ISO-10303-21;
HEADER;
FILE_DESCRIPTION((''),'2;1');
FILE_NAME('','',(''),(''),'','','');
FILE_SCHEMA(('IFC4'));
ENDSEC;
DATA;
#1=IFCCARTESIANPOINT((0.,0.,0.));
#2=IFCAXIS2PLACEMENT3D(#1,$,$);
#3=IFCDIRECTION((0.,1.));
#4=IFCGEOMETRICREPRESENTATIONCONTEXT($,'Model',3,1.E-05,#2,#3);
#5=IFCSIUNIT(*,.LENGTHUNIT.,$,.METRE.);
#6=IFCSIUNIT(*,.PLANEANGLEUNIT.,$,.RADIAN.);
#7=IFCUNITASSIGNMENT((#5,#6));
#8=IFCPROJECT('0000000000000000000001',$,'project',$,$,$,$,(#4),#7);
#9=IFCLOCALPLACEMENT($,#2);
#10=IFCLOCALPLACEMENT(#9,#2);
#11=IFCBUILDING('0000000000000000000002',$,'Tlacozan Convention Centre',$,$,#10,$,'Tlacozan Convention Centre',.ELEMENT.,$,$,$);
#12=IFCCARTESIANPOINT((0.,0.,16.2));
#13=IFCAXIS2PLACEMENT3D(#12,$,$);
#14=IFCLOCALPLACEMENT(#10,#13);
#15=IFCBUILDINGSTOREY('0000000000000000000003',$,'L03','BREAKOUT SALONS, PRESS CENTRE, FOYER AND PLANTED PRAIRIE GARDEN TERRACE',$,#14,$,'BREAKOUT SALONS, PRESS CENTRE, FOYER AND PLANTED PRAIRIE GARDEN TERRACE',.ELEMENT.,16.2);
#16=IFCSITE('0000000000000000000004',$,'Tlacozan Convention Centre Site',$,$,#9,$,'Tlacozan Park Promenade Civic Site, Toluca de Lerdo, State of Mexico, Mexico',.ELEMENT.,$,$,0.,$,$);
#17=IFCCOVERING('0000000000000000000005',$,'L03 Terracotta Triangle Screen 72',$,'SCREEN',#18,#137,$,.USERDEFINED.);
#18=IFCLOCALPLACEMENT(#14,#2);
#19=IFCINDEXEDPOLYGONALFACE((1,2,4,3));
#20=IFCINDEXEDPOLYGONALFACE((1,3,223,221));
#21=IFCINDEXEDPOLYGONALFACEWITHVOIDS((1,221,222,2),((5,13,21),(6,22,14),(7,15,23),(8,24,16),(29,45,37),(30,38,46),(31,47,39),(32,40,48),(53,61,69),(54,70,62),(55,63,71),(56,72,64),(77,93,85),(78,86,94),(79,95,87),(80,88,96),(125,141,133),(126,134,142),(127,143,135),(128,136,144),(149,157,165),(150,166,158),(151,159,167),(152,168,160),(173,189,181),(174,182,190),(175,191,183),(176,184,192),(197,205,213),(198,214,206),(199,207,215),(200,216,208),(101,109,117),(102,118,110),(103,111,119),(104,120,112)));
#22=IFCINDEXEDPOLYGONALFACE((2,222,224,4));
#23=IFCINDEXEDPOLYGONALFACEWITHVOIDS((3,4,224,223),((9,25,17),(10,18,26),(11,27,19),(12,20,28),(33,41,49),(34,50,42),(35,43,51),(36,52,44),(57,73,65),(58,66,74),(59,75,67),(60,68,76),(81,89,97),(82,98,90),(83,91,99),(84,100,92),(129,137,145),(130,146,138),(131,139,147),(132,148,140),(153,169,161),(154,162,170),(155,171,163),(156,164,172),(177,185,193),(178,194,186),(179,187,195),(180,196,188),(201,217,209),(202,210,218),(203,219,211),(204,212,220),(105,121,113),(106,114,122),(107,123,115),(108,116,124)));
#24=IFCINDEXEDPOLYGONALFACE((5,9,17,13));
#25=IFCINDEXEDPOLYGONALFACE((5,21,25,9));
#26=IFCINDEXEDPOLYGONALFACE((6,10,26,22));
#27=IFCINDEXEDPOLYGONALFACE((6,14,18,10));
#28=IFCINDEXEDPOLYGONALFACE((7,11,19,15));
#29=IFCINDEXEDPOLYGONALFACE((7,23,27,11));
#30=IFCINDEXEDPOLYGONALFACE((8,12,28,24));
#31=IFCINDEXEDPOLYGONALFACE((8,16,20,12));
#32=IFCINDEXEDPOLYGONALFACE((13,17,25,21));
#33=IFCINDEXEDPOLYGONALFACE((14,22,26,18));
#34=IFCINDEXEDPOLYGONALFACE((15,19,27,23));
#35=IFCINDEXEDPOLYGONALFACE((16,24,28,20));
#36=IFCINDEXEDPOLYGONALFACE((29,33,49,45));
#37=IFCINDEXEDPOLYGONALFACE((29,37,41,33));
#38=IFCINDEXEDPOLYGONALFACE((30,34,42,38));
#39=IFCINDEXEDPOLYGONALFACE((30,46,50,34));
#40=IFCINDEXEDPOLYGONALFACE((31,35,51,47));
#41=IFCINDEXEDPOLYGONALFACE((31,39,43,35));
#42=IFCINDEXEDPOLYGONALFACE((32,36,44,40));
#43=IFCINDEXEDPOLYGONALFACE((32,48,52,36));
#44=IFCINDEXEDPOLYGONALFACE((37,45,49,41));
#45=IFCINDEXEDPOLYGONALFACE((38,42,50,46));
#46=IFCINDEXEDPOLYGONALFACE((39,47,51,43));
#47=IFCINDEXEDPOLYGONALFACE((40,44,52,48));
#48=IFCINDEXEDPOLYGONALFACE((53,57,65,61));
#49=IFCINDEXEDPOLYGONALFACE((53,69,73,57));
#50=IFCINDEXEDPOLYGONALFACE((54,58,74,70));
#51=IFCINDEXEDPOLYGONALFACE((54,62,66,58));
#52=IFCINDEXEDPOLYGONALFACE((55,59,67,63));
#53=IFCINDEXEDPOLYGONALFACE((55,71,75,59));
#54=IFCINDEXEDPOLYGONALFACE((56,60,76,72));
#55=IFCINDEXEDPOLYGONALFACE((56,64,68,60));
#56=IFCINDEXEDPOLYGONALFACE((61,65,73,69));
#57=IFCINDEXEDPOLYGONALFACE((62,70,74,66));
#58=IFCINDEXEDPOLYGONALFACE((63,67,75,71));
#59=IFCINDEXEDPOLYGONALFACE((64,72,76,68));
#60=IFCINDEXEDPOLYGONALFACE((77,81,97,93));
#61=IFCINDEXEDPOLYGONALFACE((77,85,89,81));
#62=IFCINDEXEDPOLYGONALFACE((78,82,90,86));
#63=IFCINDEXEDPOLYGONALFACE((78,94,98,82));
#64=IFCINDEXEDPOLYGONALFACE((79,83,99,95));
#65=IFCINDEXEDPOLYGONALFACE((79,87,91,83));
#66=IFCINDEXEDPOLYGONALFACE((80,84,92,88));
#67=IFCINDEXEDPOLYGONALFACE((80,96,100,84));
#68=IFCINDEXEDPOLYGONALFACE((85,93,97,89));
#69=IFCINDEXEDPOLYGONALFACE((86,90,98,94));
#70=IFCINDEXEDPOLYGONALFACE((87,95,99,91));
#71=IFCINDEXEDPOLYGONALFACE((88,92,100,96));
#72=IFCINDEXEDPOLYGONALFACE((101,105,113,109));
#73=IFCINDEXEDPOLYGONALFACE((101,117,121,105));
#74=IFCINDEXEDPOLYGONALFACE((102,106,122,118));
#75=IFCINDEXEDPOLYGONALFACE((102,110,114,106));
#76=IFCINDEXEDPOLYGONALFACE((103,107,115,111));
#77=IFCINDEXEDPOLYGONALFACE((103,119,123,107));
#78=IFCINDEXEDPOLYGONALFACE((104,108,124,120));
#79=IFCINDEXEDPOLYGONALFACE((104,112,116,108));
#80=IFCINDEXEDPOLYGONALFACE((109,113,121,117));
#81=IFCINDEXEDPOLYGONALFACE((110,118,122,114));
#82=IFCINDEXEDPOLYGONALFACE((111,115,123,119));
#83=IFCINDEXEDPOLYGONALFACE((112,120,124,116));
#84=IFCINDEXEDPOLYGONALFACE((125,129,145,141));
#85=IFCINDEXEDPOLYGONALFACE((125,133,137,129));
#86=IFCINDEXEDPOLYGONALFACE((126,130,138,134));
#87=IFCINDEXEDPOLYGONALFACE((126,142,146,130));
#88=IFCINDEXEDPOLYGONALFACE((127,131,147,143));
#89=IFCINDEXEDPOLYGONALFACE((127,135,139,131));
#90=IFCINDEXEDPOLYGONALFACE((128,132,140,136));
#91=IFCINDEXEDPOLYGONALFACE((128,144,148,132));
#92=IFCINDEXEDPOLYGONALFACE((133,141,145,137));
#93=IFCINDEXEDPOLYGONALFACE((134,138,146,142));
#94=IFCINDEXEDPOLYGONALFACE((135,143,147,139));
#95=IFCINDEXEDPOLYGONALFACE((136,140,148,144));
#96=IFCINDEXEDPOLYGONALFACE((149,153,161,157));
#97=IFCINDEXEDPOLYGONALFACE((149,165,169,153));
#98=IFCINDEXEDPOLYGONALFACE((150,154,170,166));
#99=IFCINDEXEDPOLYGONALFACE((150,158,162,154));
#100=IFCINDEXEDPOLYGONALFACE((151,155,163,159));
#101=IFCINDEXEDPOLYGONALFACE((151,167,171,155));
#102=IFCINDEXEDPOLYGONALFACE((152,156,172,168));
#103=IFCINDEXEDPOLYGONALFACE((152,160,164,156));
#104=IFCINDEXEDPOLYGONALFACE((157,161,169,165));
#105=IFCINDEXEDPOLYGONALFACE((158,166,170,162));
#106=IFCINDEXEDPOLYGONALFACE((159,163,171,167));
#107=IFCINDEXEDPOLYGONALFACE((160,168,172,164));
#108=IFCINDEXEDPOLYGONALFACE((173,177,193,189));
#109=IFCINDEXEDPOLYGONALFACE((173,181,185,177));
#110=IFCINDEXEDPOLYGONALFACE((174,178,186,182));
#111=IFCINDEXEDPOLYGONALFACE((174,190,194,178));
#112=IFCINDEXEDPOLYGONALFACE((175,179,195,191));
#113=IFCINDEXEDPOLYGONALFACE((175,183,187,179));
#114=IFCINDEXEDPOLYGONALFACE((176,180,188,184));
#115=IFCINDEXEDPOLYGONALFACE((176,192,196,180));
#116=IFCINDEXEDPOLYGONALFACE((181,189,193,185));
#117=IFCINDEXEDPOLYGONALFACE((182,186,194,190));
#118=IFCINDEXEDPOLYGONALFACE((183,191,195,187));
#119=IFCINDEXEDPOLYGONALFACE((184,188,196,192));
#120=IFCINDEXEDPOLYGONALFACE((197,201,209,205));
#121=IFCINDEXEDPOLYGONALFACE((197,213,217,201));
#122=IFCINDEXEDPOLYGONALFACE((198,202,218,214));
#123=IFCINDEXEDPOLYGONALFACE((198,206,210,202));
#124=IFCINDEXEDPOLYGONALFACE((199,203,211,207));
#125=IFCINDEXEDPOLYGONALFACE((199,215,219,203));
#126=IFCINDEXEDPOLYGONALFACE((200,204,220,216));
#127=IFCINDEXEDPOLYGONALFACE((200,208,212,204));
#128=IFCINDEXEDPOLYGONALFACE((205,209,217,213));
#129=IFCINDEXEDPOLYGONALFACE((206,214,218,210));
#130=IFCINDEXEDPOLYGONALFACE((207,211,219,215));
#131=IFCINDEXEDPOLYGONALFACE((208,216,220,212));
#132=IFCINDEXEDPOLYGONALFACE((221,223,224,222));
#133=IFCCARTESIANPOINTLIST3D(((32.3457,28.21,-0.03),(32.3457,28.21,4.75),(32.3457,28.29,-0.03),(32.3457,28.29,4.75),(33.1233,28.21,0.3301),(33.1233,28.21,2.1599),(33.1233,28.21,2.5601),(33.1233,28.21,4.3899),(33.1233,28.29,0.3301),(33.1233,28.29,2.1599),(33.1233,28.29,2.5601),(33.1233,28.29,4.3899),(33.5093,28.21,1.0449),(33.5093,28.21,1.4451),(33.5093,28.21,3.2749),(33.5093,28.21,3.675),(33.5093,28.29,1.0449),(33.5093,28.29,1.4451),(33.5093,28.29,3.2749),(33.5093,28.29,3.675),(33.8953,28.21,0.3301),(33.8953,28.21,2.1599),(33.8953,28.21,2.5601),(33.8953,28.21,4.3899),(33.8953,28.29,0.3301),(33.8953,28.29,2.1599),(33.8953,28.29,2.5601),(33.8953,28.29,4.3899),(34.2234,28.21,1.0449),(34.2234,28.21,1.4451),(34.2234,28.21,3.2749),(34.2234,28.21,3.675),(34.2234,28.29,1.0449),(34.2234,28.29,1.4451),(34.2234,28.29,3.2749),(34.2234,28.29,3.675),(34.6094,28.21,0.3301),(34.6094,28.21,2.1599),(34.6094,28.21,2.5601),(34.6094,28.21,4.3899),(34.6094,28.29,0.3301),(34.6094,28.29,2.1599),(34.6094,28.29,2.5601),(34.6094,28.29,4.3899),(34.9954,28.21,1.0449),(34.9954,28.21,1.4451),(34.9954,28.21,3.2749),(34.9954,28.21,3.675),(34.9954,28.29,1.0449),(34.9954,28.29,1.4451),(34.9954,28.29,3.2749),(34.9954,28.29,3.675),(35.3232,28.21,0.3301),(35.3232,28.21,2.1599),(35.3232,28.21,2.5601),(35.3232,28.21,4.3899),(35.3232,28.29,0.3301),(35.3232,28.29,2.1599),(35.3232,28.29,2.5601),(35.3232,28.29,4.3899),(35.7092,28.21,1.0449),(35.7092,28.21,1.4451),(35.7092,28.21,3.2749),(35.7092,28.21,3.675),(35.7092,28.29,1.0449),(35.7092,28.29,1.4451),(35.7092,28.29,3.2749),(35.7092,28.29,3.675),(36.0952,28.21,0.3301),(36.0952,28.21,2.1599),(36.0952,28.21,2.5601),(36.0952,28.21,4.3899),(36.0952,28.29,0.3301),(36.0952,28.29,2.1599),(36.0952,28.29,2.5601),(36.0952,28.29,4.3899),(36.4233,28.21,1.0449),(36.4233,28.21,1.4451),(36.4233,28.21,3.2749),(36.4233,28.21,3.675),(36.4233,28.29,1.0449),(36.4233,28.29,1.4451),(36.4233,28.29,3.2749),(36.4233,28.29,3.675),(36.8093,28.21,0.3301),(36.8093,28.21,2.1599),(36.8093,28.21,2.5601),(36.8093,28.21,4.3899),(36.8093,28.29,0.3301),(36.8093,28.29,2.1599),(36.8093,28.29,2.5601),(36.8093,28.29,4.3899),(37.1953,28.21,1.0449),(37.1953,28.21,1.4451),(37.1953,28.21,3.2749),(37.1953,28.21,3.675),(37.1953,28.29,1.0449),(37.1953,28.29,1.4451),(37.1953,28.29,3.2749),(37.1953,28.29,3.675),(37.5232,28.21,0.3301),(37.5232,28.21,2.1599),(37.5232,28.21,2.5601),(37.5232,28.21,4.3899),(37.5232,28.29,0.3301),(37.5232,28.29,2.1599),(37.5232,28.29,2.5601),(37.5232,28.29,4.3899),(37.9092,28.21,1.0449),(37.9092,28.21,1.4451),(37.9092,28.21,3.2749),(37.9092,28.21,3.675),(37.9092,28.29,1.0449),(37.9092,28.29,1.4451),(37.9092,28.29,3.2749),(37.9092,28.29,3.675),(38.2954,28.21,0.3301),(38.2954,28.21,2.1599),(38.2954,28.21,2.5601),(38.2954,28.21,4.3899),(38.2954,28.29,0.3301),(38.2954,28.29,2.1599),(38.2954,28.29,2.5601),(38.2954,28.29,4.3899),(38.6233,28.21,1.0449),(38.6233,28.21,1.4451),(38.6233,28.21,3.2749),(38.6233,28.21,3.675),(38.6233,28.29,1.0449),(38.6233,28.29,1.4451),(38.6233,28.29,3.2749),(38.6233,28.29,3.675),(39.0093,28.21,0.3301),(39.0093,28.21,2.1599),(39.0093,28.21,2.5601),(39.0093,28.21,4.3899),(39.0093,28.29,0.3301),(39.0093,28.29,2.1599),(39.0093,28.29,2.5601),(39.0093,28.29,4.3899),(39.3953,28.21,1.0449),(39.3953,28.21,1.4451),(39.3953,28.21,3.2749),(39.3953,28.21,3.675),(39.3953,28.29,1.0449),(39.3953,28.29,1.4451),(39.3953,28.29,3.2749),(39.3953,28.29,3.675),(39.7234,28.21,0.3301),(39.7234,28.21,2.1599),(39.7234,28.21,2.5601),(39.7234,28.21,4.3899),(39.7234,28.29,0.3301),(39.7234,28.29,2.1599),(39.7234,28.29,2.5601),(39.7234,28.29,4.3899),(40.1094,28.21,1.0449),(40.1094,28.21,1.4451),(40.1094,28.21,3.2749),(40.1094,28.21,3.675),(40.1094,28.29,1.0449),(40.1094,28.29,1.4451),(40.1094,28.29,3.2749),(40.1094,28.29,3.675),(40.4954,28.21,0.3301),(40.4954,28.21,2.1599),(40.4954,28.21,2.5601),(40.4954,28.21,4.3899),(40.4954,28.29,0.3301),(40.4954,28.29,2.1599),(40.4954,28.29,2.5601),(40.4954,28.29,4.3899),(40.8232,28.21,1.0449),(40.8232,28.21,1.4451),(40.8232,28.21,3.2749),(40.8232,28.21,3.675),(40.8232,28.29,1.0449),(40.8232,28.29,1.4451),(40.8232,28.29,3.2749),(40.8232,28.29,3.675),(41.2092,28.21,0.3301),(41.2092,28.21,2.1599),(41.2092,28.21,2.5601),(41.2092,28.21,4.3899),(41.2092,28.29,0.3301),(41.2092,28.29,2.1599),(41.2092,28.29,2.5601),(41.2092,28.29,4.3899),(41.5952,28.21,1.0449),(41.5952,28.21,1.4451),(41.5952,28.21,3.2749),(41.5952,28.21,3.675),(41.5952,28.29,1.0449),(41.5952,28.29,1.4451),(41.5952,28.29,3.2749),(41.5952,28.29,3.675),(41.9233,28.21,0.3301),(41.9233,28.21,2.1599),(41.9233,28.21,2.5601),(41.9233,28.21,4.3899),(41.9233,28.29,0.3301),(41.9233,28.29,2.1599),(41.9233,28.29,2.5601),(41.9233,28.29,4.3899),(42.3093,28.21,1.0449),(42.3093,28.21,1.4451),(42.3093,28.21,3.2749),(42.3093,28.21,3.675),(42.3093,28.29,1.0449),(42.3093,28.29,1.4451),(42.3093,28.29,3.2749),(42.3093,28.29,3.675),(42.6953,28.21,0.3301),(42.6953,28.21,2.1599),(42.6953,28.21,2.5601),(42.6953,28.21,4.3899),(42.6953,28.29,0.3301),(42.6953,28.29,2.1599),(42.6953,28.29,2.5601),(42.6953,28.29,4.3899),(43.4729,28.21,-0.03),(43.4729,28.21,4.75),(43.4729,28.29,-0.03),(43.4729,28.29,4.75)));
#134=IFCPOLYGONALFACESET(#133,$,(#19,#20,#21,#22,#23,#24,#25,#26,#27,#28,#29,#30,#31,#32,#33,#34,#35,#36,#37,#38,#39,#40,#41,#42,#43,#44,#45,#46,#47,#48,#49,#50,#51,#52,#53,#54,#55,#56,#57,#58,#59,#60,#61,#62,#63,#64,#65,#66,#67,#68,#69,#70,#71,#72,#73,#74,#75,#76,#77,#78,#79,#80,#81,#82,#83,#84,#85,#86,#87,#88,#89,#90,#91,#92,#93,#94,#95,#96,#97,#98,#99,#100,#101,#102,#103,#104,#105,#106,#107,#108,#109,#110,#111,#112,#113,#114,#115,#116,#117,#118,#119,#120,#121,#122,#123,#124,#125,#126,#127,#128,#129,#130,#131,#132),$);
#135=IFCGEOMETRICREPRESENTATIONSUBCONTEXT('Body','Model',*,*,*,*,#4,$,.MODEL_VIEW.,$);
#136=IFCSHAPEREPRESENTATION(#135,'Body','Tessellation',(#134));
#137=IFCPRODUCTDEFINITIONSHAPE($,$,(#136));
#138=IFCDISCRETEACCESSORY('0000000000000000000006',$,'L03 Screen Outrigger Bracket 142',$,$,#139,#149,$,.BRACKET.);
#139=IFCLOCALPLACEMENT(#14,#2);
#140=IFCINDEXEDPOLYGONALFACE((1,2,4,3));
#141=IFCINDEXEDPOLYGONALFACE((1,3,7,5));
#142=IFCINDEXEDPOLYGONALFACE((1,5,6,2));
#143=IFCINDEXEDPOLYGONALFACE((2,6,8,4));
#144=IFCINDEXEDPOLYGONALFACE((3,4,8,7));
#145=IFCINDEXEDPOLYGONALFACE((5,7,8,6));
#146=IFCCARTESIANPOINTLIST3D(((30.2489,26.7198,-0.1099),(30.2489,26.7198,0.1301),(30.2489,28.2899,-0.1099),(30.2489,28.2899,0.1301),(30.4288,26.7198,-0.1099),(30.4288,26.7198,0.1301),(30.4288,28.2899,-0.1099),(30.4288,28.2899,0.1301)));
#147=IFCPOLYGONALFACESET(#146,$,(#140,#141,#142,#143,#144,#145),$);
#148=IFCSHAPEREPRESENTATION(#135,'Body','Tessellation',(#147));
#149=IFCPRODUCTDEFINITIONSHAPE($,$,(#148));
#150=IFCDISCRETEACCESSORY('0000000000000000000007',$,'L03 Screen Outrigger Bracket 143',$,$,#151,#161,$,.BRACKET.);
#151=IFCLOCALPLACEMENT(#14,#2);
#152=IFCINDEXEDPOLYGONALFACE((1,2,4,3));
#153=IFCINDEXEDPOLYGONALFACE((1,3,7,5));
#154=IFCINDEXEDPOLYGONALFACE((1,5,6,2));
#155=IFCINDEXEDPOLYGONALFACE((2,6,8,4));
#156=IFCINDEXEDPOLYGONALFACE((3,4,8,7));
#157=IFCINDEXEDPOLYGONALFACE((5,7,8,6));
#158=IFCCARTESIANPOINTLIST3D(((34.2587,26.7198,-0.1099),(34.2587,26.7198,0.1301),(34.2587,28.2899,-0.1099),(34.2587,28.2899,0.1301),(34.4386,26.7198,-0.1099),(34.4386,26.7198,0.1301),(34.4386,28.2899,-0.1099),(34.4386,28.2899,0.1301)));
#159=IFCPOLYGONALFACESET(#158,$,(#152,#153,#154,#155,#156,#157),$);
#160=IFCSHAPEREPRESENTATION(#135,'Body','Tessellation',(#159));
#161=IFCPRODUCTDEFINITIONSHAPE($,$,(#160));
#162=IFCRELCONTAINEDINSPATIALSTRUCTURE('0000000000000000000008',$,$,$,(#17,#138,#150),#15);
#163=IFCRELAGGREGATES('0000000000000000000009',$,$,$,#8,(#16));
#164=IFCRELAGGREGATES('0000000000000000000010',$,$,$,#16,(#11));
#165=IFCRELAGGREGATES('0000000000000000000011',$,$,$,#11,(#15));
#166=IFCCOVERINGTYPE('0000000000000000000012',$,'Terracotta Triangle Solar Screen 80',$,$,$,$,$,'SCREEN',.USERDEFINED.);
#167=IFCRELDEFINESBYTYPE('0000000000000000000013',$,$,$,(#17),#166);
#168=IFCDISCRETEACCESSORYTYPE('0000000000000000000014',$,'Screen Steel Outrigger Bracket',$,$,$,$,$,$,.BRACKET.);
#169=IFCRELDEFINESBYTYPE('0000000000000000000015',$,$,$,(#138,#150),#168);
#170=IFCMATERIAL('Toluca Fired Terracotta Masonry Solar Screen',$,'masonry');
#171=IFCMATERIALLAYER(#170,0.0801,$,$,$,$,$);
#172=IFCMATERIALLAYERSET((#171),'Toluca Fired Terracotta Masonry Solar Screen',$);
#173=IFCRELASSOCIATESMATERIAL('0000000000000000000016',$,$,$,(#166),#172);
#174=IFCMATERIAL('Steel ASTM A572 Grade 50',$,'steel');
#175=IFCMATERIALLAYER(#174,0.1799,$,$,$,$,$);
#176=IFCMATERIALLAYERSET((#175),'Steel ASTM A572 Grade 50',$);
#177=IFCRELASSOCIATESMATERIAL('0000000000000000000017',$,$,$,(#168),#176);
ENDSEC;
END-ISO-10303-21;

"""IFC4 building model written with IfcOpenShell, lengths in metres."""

from ifc_helpers import new_model, si_unit, direction, frame, origin, origin_2d, place, context, subcontext, project, spatial, polyline, rectangle, outline, extrude, material, layer, layer_set, type_object, element, save


model = new_model("IFC4")

# Units and contexts
model_context = context("Model", 3, precision=1e-05, world=origin(), true_north=direction((0.0, 1.0)))
body_context = subcontext(model_context, "Body", "Model", "MODEL_VIEW")
ifc_project = project(units=[si_unit("LENGTHUNIT", "METRE"), si_unit("PLANEANGLEUNIT", "RADIAN")], contexts=[model_context])

# Site, building, storey
site_placement = place(None, origin())
site = spatial("IfcSite", under=ifc_project, at=site_placement, Name="Tlacozan Convention Centre Site", LongName="Tlacozan Park Promenade Civic Site, Toluca de Lerdo, State of Mexico, Mexico", CompositionType="ELEMENT", RefElevation=0.0)
building_placement = place(site_placement, origin())
building = spatial("IfcBuilding", under=site, at=building_placement, Name="Tlacozan Convention Centre", LongName="Tlacozan Convention Centre", CompositionType="ELEMENT")
storey_placement = place(building_placement, frame((0.0, 0.0, 16.2)))
storey = spatial("IfcBuildingStorey", under=building, at=storey_placement, Name="L03", Description="BREAKOUT SALONS, PRESS CENTRE, FOYER AND PLANTED PRAIRIE GARDEN TERRACE", LongName="BREAKOUT SALONS, PRESS CENTRE, FOYER AND PLANTED PRAIRIE GARDEN TERRACE", CompositionType="ELEMENT", Elevation=16.2)

# Covering
ifc_material_1 = material(Name="Toluca Fired Terracotta Masonry Solar Screen", Category="masonry")
ifc_layer_1 = layer(ifc_material_1, 0.0801)
ifc_layer_set_1 = layer_set([ifc_layer_1], Name="Toluca Fired Terracotta Masonry Solar Screen")
covering_type = type_object("IfcCoveringType", Name="Terracotta Triangle Solar Screen 80", ElementType="SCREEN", PredefinedType="USERDEFINED", material=ifc_layer_set_1)
covering_placement = place(storey_placement, frame((32.3457, 28.25, -0.03), z_axis=(0.0, 0.0, 1.0), x_axis=(1.0, 0.0, 0.0)))
element("IfcCovering", 1, at=covering_placement, inside=storey, type_object=covering_type, Name="L03 Terracotta Triangle Screen 72", ObjectType="SCREEN", PredefinedType="USERDEFINED", context=body_context, shape_type="SweptSolid", body=[
    extrude(outline(polyline([(0.0, 0.0), (11.1272, 0.0), (11.1272, 4.78), (0.0, 4.78), (0.0, 0.0)]), holes=[polyline([(0.7776, 0.3601), (1.5496, 0.3601), (1.1636, 1.075), (0.7776, 0.3601)]), polyline([(1.8777, 1.075), (2.6497, 1.075), (2.2637, 0.3601), (1.8777, 1.075)]), polyline([(2.9775, 0.3601), (3.7495, 0.3601), (3.3635, 1.075), (2.9775, 0.3601)]), polyline([(4.0776, 1.075), (4.8496, 1.075), (4.4636, 0.3601), (4.0776, 1.075)]), polyline([(5.1775, 0.3601), (5.9497, 0.3601), (5.5635, 1.075), (5.1775, 0.3601)]), polyline([(6.2776, 1.075), (7.0496, 1.075), (6.6636, 0.3601), (6.2776, 1.075)]), polyline([(7.3777, 0.3601), (8.1497, 0.3601), (7.7637, 1.075), (7.3777, 0.3601)]), polyline([(8.4775, 1.075), (9.2495, 1.075), (8.8635, 0.3601), (8.4775, 1.075)]), polyline([(9.5776, 0.3601), (10.3496, 0.3601), (9.9636, 1.075), (9.5776, 0.3601)]), polyline([(0.7776, 2.1899), (1.5496, 2.1899), (1.1636, 1.4751), (0.7776, 2.1899)]), polyline([(1.8777, 1.4751), (2.6497, 1.4751), (2.2637, 2.1899), (1.8777, 1.4751)]), polyline([(2.9775, 2.1899), (3.7495, 2.1899), (3.3635, 1.4751), (2.9775, 2.1899)]), polyline([(4.0776, 1.4751), (4.8496, 1.4751), (4.4636, 2.1899), (4.0776, 1.4751)]), polyline([(5.1775, 2.1899), (5.9497, 2.1899), (5.5635, 1.4751), (5.1775, 2.1899)]), polyline([(6.2776, 1.4751), (7.0496, 1.4751), (6.6636, 2.1899), (6.2776, 1.4751)]), polyline([(7.3777, 2.1899), (8.1497, 2.1899), (7.7637, 1.4751), (7.3777, 2.1899)]), polyline([(8.4775, 1.4751), (9.2495, 1.4751), (8.8635, 2.1899), (8.4775, 1.4751)]), polyline([(9.5776, 2.1899), (10.3496, 2.1899), (9.9636, 1.4751), (9.5776, 2.1899)]), polyline([(0.7776, 2.5901), (1.5496, 2.5901), (1.1636, 3.3049), (0.7776, 2.5901)]), polyline([(1.8777, 3.3049), (2.6497, 3.3049), (2.2637, 2.5901), (1.8777, 3.3049)]), polyline([(2.9775, 2.5901), (3.7495, 2.5901), (3.3635, 3.3049), (2.9775, 2.5901)]), polyline([(4.0776, 3.3049), (4.8496, 3.3049), (4.4636, 2.5901), (4.0776, 3.3049)]), polyline([(5.1775, 2.5901), (5.9497, 2.5901), (5.5635, 3.3049), (5.1775, 2.5901)]), polyline([(6.2776, 3.3049), (7.0496, 3.3049), (6.6636, 2.5901), (6.2776, 3.3049)]), polyline([(7.3777, 2.5901), (8.1497, 2.5901), (7.7637, 3.3049), (7.3777, 2.5901)]), polyline([(8.4775, 3.3049), (9.2495, 3.3049), (8.8635, 2.5901), (8.4775, 3.3049)]), polyline([(9.5776, 2.5901), (10.3496, 2.5901), (9.9636, 3.3049), (9.5776, 2.5901)]), polyline([(0.7776, 4.4199), (1.5496, 4.4199), (1.1636, 3.7051), (0.7776, 4.4199)]), polyline([(1.8777, 3.7051), (2.6497, 3.7051), (2.2637, 4.4199), (1.8777, 3.7051)]), polyline([(2.9775, 4.4199), (3.7495, 4.4199), (3.3635, 3.7051), (2.9775, 4.4199)]), polyline([(4.0776, 3.7051), (4.8496, 3.7051), (4.4636, 4.4199), (4.0776, 3.7051)]), polyline([(5.1775, 4.4199), (5.9497, 4.4199), (5.5635, 3.7051), (5.1775, 4.4199)]), polyline([(6.2776, 3.7051), (7.0496, 3.7051), (6.6636, 4.4199), (6.2776, 3.7051)]), polyline([(7.3777, 4.4199), (8.1497, 4.4199), (7.7637, 3.7051), (7.3777, 4.4199)]), polyline([(8.4775, 3.7051), (9.2495, 3.7051), (8.8635, 4.4199), (8.4775, 3.7051)]), polyline([(9.5776, 4.4199), (10.3496, 4.4199), (9.9636, 3.7051), (9.5776, 4.4199)])]), frame((0.0, 0.04, 0.0), z_axis=(0.0, -1.0, 0.0), x_axis=(1.0, 0.0, 0.0)), (0.0, 0.0, 1.0), 0.0801),
])

# Discrete accessories
ifc_material_2 = material(Name="Steel ASTM A572 Grade 50", Category="steel")
ifc_layer_2 = layer(ifc_material_2, 0.1799)
ifc_layer_set_2 = layer_set([ifc_layer_2], Name="Steel ASTM A572 Grade 50")
discrete_accessory_type = type_object("IfcDiscreteAccessoryType", Name="Screen Steel Outrigger Bracket", PredefinedType="BRACKET", material=ifc_layer_set_2)
for number, where, z_axis, x_axis, name in (
    (2, (30.3389, 27.5049, -0.1099), (0.0, 0.0, 1.0), (0.0, -1.0, 0.0), "L03 Screen Outrigger Bracket 142"),
    (3, (34.3486, 27.5049, -0.1099), (0.0, 0.0, 1.0), (0.0, -1.0, 0.0), "L03 Screen Outrigger Bracket 143"),
):
    element("IfcDiscreteAccessory", number, at=place(storey_placement, frame(where, z_axis=z_axis, x_axis=x_axis)), inside=storey, type_object=discrete_accessory_type, Name=name, PredefinedType="BRACKET", context=body_context, shape_type="SweptSolid", body=[
        extrude(rectangle(XDim=1.5701, YDim=0.1799, at=origin_2d()), origin(), (0.0, 0.0, 1.0), 0.24),
    ])

save(model, "model.ifc")
